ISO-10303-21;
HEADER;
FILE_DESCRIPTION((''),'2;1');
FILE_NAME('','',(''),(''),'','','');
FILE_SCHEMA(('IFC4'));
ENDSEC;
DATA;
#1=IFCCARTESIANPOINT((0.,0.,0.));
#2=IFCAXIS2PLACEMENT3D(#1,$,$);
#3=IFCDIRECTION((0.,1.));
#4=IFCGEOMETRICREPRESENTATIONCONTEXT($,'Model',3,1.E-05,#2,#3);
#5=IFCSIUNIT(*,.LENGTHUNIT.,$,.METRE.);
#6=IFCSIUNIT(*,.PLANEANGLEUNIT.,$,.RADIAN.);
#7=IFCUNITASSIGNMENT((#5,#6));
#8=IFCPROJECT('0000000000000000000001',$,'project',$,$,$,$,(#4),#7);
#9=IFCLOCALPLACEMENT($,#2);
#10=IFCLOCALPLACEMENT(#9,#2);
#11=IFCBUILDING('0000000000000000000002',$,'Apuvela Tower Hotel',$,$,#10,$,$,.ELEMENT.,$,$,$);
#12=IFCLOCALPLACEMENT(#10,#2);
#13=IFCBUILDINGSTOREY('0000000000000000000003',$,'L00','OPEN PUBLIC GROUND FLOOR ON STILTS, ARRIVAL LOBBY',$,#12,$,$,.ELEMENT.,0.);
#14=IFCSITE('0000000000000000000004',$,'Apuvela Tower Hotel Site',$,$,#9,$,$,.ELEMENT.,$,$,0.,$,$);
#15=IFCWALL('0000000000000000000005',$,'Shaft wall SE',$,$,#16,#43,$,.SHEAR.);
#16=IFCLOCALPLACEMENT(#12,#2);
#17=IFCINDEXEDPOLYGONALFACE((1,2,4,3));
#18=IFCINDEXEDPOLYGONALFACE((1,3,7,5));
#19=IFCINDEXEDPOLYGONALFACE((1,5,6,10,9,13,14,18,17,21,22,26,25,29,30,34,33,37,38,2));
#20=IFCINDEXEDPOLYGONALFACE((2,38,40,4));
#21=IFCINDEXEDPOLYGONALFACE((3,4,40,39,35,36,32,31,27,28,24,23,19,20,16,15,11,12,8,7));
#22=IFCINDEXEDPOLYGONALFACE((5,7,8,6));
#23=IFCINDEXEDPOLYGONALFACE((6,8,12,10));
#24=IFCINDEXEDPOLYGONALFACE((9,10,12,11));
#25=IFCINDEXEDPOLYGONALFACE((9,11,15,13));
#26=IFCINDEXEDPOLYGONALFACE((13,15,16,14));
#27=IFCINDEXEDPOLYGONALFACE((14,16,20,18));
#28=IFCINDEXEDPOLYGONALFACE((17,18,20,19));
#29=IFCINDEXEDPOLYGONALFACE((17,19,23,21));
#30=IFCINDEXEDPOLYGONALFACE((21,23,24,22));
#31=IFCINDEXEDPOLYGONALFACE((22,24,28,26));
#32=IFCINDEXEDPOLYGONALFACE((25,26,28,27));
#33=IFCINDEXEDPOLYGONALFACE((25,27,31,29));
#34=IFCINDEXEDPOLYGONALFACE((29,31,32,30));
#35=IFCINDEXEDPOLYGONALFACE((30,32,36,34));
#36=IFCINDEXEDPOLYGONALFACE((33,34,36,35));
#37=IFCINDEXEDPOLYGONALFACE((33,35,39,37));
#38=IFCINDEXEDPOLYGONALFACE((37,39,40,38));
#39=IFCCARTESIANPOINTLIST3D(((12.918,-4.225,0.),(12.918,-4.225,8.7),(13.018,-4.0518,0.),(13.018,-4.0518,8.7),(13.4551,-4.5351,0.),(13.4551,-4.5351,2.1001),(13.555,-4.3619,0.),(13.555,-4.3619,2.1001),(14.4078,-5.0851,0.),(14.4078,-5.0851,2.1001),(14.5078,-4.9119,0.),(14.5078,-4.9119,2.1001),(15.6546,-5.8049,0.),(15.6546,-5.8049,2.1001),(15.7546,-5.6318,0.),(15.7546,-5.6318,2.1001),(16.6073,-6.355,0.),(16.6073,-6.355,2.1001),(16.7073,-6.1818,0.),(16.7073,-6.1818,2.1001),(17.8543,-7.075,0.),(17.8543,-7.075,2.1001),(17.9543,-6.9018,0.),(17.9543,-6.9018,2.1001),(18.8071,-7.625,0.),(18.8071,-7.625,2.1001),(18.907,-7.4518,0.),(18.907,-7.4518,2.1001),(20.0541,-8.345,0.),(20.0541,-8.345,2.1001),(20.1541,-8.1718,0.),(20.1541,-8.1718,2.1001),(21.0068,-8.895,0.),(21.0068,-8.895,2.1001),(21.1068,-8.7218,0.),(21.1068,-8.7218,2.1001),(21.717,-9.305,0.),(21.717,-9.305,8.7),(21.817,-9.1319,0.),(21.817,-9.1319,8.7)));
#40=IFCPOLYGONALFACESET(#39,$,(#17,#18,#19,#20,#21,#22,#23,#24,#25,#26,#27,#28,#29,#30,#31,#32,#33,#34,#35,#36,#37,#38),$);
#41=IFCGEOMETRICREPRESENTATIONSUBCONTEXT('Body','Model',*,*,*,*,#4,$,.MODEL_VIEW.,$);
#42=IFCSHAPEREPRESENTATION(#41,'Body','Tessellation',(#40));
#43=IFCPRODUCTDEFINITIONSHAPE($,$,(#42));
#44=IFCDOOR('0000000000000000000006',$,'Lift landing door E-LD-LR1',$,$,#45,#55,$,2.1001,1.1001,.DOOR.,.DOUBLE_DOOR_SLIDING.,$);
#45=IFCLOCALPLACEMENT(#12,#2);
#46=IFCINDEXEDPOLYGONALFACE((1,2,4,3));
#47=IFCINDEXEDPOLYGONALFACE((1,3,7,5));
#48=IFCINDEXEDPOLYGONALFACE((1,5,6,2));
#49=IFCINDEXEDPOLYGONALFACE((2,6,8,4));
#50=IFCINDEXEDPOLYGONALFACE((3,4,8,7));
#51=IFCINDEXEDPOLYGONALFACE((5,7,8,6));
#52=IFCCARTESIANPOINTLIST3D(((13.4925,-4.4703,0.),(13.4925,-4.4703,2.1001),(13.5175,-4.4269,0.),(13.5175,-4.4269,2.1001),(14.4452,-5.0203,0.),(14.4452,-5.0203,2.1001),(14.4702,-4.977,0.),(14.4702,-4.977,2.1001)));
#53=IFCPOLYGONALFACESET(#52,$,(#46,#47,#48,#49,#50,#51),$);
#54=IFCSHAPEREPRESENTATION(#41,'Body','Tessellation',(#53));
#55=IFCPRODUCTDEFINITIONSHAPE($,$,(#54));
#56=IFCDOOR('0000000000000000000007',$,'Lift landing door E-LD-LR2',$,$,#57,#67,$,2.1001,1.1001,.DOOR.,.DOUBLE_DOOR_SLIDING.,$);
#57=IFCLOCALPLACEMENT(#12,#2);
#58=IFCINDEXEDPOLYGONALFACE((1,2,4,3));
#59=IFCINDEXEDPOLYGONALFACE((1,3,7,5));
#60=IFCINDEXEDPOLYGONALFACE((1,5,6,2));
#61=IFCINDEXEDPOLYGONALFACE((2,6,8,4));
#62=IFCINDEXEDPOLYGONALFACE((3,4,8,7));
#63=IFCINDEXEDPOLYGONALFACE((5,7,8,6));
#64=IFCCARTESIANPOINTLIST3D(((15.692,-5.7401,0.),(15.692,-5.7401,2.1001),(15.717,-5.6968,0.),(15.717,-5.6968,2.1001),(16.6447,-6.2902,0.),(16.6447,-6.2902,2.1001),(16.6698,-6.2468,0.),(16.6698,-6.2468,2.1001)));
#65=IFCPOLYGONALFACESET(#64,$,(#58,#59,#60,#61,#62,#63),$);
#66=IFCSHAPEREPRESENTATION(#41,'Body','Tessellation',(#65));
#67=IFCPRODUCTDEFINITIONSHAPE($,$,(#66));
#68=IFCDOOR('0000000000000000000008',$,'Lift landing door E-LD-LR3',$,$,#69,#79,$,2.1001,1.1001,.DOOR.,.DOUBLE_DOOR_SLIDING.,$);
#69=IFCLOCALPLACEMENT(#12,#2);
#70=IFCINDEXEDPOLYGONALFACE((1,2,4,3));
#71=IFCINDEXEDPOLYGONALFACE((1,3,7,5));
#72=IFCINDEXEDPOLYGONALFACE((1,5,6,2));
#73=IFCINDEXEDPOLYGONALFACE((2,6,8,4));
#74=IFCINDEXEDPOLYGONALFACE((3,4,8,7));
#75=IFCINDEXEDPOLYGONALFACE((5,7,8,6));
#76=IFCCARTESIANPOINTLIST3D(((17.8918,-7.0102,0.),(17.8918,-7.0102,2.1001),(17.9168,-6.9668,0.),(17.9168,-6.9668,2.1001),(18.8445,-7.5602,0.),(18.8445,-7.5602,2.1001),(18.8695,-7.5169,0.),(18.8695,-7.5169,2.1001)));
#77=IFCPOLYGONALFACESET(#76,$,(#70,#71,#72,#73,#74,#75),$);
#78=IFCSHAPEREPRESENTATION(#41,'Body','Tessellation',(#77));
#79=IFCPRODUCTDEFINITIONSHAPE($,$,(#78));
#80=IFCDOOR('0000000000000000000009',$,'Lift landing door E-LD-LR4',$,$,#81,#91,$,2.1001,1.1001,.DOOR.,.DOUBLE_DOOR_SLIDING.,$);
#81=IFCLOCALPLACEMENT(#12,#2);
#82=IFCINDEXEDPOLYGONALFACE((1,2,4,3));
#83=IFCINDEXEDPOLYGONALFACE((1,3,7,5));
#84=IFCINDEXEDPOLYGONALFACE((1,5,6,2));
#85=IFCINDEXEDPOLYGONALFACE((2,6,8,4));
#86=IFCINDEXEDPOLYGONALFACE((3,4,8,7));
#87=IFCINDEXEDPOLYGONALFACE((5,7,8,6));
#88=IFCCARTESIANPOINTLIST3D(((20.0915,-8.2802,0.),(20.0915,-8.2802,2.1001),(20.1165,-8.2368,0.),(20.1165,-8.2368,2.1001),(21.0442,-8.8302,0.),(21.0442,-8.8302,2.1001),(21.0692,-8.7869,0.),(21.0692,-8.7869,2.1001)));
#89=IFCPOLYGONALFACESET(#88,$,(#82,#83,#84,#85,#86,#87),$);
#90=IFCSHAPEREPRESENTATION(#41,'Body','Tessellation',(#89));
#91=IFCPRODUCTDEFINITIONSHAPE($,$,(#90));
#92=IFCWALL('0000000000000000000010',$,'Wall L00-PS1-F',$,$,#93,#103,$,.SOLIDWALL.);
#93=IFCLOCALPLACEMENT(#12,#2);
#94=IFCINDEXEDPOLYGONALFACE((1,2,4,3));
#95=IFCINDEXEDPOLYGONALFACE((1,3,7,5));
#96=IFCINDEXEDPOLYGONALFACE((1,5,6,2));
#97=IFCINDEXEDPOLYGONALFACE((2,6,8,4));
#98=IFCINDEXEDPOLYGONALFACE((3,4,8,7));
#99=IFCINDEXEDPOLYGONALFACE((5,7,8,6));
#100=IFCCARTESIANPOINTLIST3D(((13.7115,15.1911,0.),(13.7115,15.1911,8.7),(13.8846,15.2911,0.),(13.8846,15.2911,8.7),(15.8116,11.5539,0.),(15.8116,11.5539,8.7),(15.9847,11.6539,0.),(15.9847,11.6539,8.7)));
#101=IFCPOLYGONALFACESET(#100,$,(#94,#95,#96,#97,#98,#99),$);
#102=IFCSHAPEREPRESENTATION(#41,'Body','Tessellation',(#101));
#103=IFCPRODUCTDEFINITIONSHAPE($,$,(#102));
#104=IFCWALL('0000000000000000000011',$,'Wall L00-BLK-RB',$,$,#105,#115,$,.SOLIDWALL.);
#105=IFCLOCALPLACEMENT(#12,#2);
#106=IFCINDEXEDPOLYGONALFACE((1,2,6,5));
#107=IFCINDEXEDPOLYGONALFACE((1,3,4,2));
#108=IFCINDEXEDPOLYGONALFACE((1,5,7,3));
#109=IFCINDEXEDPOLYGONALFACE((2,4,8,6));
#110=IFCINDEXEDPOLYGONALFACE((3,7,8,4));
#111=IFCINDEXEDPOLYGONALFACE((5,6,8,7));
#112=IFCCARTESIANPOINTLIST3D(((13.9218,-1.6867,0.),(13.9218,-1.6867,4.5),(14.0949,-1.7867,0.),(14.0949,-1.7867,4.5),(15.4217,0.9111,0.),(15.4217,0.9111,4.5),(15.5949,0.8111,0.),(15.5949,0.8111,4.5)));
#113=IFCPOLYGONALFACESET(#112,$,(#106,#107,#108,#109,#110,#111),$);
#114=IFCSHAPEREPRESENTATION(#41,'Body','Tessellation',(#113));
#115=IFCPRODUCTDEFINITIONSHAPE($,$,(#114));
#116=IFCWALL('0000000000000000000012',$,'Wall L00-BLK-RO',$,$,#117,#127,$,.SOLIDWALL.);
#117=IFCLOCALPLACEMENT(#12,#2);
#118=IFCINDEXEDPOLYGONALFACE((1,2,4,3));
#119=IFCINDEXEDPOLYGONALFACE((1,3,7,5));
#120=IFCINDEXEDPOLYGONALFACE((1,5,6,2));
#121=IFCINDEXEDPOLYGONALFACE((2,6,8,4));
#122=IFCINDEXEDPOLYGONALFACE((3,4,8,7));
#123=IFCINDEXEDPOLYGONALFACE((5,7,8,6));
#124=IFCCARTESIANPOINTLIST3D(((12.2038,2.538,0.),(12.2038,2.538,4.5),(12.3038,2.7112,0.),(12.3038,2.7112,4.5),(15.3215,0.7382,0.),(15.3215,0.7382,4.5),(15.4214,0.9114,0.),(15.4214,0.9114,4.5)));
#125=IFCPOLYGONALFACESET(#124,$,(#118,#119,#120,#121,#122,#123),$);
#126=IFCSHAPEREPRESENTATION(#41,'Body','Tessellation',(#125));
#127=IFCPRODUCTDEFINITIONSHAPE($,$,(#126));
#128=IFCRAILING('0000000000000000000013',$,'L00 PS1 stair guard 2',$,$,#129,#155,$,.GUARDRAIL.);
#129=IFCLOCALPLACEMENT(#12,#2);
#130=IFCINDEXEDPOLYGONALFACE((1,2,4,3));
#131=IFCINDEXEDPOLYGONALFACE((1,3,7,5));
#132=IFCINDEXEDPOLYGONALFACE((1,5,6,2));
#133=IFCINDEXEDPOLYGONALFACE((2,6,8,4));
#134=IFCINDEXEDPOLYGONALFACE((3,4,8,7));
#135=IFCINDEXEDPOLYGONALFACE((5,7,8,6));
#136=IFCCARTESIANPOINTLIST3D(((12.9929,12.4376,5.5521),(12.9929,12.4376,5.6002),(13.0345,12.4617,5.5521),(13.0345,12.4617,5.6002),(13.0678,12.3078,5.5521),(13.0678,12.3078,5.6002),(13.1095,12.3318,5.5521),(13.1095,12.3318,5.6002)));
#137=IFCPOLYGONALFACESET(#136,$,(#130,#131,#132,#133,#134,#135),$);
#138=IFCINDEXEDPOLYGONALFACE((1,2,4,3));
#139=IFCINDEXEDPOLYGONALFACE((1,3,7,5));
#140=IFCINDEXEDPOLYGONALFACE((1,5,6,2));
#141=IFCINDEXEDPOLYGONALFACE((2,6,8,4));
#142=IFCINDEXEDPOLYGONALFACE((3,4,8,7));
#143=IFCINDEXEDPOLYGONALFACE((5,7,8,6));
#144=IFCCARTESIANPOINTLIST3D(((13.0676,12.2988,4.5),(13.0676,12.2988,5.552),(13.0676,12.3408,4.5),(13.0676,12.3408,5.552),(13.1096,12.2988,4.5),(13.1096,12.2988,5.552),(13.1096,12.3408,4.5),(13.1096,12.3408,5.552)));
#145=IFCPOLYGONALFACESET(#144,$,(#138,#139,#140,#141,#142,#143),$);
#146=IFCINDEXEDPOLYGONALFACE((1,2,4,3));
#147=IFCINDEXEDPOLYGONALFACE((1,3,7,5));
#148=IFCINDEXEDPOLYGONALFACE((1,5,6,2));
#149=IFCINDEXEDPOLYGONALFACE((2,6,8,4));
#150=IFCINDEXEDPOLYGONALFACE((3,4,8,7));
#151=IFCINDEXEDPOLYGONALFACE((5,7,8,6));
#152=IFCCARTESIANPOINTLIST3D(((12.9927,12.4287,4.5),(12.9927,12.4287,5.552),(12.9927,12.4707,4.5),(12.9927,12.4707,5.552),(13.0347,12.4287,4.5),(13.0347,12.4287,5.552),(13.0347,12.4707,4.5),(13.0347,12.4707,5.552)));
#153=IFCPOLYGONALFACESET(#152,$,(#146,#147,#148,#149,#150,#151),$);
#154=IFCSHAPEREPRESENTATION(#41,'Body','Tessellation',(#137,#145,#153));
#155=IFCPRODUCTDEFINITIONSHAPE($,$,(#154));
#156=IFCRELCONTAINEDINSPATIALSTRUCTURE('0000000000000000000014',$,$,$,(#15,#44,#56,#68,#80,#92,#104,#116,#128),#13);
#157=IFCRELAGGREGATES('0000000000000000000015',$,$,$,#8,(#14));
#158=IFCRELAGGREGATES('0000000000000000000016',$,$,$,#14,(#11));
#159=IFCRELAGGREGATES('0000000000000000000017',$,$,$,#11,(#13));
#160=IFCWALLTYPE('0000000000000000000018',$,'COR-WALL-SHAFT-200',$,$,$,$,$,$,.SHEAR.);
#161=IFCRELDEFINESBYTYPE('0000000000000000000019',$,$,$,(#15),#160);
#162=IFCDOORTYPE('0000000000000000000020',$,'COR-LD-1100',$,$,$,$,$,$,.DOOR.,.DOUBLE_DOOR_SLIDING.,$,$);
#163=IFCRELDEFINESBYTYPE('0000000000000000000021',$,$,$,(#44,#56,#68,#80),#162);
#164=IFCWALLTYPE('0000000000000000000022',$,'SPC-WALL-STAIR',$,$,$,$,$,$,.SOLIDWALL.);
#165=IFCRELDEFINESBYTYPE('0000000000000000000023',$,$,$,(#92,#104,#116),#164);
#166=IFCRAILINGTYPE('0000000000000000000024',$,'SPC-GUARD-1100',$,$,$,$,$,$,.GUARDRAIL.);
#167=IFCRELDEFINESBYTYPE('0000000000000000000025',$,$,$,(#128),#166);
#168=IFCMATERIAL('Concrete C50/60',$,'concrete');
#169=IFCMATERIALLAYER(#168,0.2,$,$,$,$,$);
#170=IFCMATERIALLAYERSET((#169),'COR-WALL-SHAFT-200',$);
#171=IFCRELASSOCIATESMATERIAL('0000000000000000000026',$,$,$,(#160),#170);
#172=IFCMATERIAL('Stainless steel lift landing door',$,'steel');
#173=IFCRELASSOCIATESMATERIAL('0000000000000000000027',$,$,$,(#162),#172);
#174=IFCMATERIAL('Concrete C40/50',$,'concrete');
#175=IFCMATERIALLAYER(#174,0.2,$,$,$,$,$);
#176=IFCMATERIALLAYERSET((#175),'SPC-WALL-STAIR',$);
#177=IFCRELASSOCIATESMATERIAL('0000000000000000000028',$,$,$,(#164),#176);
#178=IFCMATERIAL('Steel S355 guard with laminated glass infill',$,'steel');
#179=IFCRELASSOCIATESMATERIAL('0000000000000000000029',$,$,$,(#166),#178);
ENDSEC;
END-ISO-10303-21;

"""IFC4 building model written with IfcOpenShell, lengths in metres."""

from ifc_helpers import new_model, si_unit, direction, frame, frame_2d, origin, origin_2d, place, context, subcontext, project, spatial, rectangle, extrude, material, layer, layer_set, type_object, element, fill, save


model = new_model("IFC4")

# Units and contexts
model_context = context("Model", 3, precision=1e-05, world=origin(), true_north=direction((0.0, 1.0)))
body_context = subcontext(model_context, "Body", "Model", "MODEL_VIEW")
ifc_project = project(units=[si_unit("LENGTHUNIT", "METRE"), si_unit("PLANEANGLEUNIT", "RADIAN")], contexts=[model_context])

# Site, building, storey
site_placement = place(None, origin())
site = spatial("IfcSite", under=ifc_project, at=site_placement, Name="Apuvela Tower Hotel Site", CompositionType="ELEMENT", RefElevation=0.0)
building_placement = place(site_placement, origin())
building = spatial("IfcBuilding", under=site, at=building_placement, Name="Apuvela Tower Hotel", CompositionType="ELEMENT")
storey_placement = place(building_placement, origin())
storey = spatial("IfcBuildingStorey", under=building, at=storey_placement, Name="L00", Description="OPEN PUBLIC GROUND FLOOR ON STILTS, ARRIVAL LOBBY", CompositionType="ELEMENT", Elevation=0.0)

# Shared definitions
ifc_material_1 = material(Name="Concrete C40/50", Category="concrete")

# Shared definitions
ifc_material_2 = material(Name="Concrete C50/60", Category="concrete")

# Wall, openings, doors
ifc_layer_1 = layer(ifc_material_2, 0.2)
ifc_layer_set_1 = layer_set([ifc_layer_1], Name="COR-WALL-SHAFT-200")
wall_type_1 = type_object("IfcWallType", Name="COR-WALL-SHAFT-200", PredefinedType="SHEAR", material=ifc_layer_set_1)
wall_1_placement = place(storey_placement, frame((12.968, -4.1384, 0.0), z_axis=(0.0, 0.0, 1.0), x_axis=(0.866028, -0.499995, 0.0)))
wall_1 = element("IfcWall", 1, at=wall_1_placement, inside=storey, type_object=wall_type_1, Name="Shaft wall SE", PredefinedType="SHEAR", context=body_context, shape_type="SweptSolid", body=[
    extrude(rectangle(XDim=10.1602, YDim=0.2, at=frame_2d((5.0801, 0.0))), origin(), (0.0, 0.0, 1.0), 8.7),
])
opening_1_placement = place(wall_1_placement, frame((0.6201, 0.0, 0.0)))
opening_1 = element("IfcOpeningElement", 2, at=opening_1_placement, cuts=wall_1, PredefinedType="OPENING", context=body_context, shape_type="SweptSolid", body=[
    extrude(rectangle(XDim=1.1001, YDim=2.1001, at=frame_2d((0.55, 1.05))), frame((0.0, 0.1099, 0.0), z_axis=(0.0, -1.0, 0.0), x_axis=(1.0, 0.0, 0.0)), (0.0, 0.0, 1.0), 0.22),
])
opening_2_placement = place(wall_1_placement, frame((3.1599, 0.0, 0.0)))
opening_2 = element("IfcOpeningElement", 3, at=opening_2_placement, cuts=wall_1, PredefinedType="OPENING", context=body_context, shape_type="SweptSolid", body=[
    extrude(rectangle(XDim=1.1001, YDim=2.1001, at=frame_2d((0.55, 1.05))), frame((0.0, 0.1099, 0.0), z_axis=(0.0, -1.0, 0.0), x_axis=(1.0, 0.0, 0.0)), (0.0, 0.0, 1.0), 0.22),
])
opening_3_placement = place(wall_1_placement, frame((5.7, 0.0, 0.0)))
opening_3 = element("IfcOpeningElement", 4, at=opening_3_placement, cuts=wall_1, PredefinedType="OPENING", context=body_context, shape_type="SweptSolid", body=[
    extrude(rectangle(XDim=1.1001, YDim=2.1001, at=frame_2d((0.55, 1.05))), frame((0.0, 0.1099, 0.0), z_axis=(0.0, -1.0, 0.0), x_axis=(1.0, 0.0, 0.0)), (0.0, 0.0, 1.0), 0.22),
])
opening_4_placement = place(wall_1_placement, frame((8.24, 0.0, 0.0)))
opening_4 = element("IfcOpeningElement", 5, at=opening_4_placement, cuts=wall_1, PredefinedType="OPENING", context=body_context, shape_type="SweptSolid", body=[
    extrude(rectangle(XDim=1.1001, YDim=2.1001, at=frame_2d((0.55, 1.05))), frame((0.0, 0.1099, 0.0), z_axis=(0.0, -1.0, 0.0), x_axis=(1.0, 0.0, 0.0)), (0.0, 0.0, 1.0), 0.22),
])
ifc_material_3 = material(Name="Stainless steel lift landing door", Category="steel")
door_type = type_object("IfcDoorType", Name="COR-LD-1100", OperationType="DOUBLE_DOOR_SLIDING", PredefinedType="DOOR", material=ifc_material_3)
door_1_placement = place(opening_1_placement, origin())
door_1 = element("IfcDoor", 6, at=door_1_placement, inside=storey, type_object=door_type, Name="Lift landing door E-LD-LR1", OperationType="DOUBLE_DOOR_SLIDING", OverallHeight=2.1001, OverallWidth=1.1001, PredefinedType="DOOR", context=body_context, shape_type="SweptSolid", body=[
    extrude(rectangle(XDim=1.1001, YDim=2.1001, at=frame_2d((0.55, 1.05))), frame((0.0, 0.0249, 0.0), z_axis=(0.0, -1.0, 0.0), x_axis=(1.0, 0.0, 0.0)), (0.0, 0.0, 1.0), 0.05),
])
fill(opening_1, door_1)
door_2_placement = place(opening_2_placement, origin())
door_2 = element("IfcDoor", 7, at=door_2_placement, inside=storey, type_object=door_type, Name="Lift landing door E-LD-LR2", OperationType="DOUBLE_DOOR_SLIDING", OverallHeight=2.1001, OverallWidth=1.1001, PredefinedType="DOOR", context=body_context, shape_type="SweptSolid", body=[
    extrude(rectangle(XDim=1.1001, YDim=2.1001, at=frame_2d((0.55, 1.05))), frame((0.0, 0.0249, 0.0), z_axis=(0.0, -1.0, 0.0), x_axis=(1.0, 0.0, 0.0)), (0.0, 0.0, 1.0), 0.05),
])
fill(opening_2, door_2)
door_3_placement = place(opening_3_placement, origin())
door_3 = element("IfcDoor", 8, at=door_3_placement, inside=storey, type_object=door_type, Name="Lift landing door E-LD-LR3", OperationType="DOUBLE_DOOR_SLIDING", OverallHeight=2.1001, OverallWidth=1.1001, PredefinedType="DOOR", context=body_context, shape_type="SweptSolid", body=[
    extrude(rectangle(XDim=1.1001, YDim=2.1001, at=frame_2d((0.55, 1.05))), frame((0.0, 0.0249, 0.0), z_axis=(0.0, -1.0, 0.0), x_axis=(1.0, 0.0, 0.0)), (0.0, 0.0, 1.0), 0.05),
])
fill(opening_3, door_3)
door_4_placement = place(opening_4_placement, origin())
door_4 = element("IfcDoor", 9, at=door_4_placement, inside=storey, type_object=door_type, Name="Lift landing door E-LD-LR4", OperationType="DOUBLE_DOOR_SLIDING", OverallHeight=2.1001, OverallWidth=1.1001, PredefinedType="DOOR", context=body_context, shape_type="SweptSolid", body=[
    extrude(rectangle(XDim=1.1001, YDim=2.1001, at=frame_2d((0.55, 1.05))), frame((0.0, 0.0249, 0.0), z_axis=(0.0, -1.0, 0.0), x_axis=(1.0, 0.0, 0.0)), (0.0, 0.0, 1.0), 0.05),
])
fill(opening_4, door_4)

# Walls
ifc_layer_2 = layer(ifc_material_1, 0.2)
ifc_layer_set_2 = layer_set([ifc_layer_2], Name="SPC-WALL-STAIR")
wall_type_2 = type_object("IfcWallType", Name="SPC-WALL-STAIR", PredefinedType="SOLIDWALL", material=ifc_layer_set_2)
wall_2_placement = place(storey_placement, frame((15.8982, 11.6038, 0.0), z_axis=(0.0, 0.0, 1.0), x_axis=(-0.500028, 0.866009, 0.0)))
element("IfcWall", 10, at=wall_2_placement, inside=storey, type_object=wall_type_2, Name="Wall L00-PS1-F", PredefinedType="SOLIDWALL", context=body_context, shape_type="SweptSolid", body=[
    extrude(rectangle(XDim=4.2, YDim=0.2, at=frame_2d((2.1001, 0.0))), origin(), (0.0, 0.0, 1.0), 8.7),
])
wall_3_placement = place(storey_placement, frame((14.0083, -1.7368, 0.0), z_axis=(0.0, 0.0, 1.0), x_axis=(0.500025, 0.866011, 0.0)))
element("IfcWall", 11, at=wall_3_placement, inside=storey, type_object=wall_type_2, Name="Wall L00-BLK-RB", PredefinedType="SOLIDWALL", context=body_context, shape_type="SweptSolid", body=[
    extrude(rectangle(XDim=2.9998, YDim=0.2, at=frame_2d((1.5, 0.0))), origin(), (0.0, 0.0, 1.0), 4.5),
])
wall_4_placement = place(storey_placement, frame((12.2539, 2.6245, 0.0), z_axis=(0.0, 0.0, 1.0), x_axis=(0.866048, -0.499961, 0.0)))
element("IfcWall", 12, at=wall_4_placement, inside=storey, type_object=wall_type_2, Name="Wall L00-BLK-RO", PredefinedType="SOLIDWALL", context=body_context, shape_type="SweptSolid", body=[
    extrude(rectangle(XDim=3.5999, YDim=0.2, at=frame_2d((1.7998, 0.0))), origin(), (0.0, 0.0, 1.0), 4.5),
])

# Railing
ifc_material_4 = material(Name="Steel S355 guard with laminated glass infill", Category="steel")
railing_type = type_object("IfcRailingType", Name="SPC-GUARD-1100", PredefinedType="GUARDRAIL", material=ifc_material_4)
railing_1_placement = place(storey_placement, frame((13.0886, 12.3198, 4.5)))
element("IfcRailing", 13, at=railing_1_placement, inside=storey, type_object=railing_type, Name="L00 PS1 stair guard 2", PredefinedType="GUARDRAIL", context=body_context, shape_type="SweptSolid", body=[
    extrude(rectangle(XDim=0.0481, YDim=0.0481, at=origin_2d()), frame((0.0, 0.0, 1.0762), z_axis=(-0.499816, 0.866131, 0.0), x_axis=(-0.866131, -0.499816, 0.0)), (0.0, 0.0, 1.0), 0.1499),
    extrude(rectangle(XDim=0.042, YDim=0.042, at=origin_2d()), origin(), (0.0, 0.0, 1.0), 1.052),
    extrude(rectangle(XDim=0.042, YDim=0.042, at=origin_2d()), frame((-0.075, 0.1299, 0.0)), (0.0, 0.0, 1.0), 1.052),
])

save(model, "model.ifc")
